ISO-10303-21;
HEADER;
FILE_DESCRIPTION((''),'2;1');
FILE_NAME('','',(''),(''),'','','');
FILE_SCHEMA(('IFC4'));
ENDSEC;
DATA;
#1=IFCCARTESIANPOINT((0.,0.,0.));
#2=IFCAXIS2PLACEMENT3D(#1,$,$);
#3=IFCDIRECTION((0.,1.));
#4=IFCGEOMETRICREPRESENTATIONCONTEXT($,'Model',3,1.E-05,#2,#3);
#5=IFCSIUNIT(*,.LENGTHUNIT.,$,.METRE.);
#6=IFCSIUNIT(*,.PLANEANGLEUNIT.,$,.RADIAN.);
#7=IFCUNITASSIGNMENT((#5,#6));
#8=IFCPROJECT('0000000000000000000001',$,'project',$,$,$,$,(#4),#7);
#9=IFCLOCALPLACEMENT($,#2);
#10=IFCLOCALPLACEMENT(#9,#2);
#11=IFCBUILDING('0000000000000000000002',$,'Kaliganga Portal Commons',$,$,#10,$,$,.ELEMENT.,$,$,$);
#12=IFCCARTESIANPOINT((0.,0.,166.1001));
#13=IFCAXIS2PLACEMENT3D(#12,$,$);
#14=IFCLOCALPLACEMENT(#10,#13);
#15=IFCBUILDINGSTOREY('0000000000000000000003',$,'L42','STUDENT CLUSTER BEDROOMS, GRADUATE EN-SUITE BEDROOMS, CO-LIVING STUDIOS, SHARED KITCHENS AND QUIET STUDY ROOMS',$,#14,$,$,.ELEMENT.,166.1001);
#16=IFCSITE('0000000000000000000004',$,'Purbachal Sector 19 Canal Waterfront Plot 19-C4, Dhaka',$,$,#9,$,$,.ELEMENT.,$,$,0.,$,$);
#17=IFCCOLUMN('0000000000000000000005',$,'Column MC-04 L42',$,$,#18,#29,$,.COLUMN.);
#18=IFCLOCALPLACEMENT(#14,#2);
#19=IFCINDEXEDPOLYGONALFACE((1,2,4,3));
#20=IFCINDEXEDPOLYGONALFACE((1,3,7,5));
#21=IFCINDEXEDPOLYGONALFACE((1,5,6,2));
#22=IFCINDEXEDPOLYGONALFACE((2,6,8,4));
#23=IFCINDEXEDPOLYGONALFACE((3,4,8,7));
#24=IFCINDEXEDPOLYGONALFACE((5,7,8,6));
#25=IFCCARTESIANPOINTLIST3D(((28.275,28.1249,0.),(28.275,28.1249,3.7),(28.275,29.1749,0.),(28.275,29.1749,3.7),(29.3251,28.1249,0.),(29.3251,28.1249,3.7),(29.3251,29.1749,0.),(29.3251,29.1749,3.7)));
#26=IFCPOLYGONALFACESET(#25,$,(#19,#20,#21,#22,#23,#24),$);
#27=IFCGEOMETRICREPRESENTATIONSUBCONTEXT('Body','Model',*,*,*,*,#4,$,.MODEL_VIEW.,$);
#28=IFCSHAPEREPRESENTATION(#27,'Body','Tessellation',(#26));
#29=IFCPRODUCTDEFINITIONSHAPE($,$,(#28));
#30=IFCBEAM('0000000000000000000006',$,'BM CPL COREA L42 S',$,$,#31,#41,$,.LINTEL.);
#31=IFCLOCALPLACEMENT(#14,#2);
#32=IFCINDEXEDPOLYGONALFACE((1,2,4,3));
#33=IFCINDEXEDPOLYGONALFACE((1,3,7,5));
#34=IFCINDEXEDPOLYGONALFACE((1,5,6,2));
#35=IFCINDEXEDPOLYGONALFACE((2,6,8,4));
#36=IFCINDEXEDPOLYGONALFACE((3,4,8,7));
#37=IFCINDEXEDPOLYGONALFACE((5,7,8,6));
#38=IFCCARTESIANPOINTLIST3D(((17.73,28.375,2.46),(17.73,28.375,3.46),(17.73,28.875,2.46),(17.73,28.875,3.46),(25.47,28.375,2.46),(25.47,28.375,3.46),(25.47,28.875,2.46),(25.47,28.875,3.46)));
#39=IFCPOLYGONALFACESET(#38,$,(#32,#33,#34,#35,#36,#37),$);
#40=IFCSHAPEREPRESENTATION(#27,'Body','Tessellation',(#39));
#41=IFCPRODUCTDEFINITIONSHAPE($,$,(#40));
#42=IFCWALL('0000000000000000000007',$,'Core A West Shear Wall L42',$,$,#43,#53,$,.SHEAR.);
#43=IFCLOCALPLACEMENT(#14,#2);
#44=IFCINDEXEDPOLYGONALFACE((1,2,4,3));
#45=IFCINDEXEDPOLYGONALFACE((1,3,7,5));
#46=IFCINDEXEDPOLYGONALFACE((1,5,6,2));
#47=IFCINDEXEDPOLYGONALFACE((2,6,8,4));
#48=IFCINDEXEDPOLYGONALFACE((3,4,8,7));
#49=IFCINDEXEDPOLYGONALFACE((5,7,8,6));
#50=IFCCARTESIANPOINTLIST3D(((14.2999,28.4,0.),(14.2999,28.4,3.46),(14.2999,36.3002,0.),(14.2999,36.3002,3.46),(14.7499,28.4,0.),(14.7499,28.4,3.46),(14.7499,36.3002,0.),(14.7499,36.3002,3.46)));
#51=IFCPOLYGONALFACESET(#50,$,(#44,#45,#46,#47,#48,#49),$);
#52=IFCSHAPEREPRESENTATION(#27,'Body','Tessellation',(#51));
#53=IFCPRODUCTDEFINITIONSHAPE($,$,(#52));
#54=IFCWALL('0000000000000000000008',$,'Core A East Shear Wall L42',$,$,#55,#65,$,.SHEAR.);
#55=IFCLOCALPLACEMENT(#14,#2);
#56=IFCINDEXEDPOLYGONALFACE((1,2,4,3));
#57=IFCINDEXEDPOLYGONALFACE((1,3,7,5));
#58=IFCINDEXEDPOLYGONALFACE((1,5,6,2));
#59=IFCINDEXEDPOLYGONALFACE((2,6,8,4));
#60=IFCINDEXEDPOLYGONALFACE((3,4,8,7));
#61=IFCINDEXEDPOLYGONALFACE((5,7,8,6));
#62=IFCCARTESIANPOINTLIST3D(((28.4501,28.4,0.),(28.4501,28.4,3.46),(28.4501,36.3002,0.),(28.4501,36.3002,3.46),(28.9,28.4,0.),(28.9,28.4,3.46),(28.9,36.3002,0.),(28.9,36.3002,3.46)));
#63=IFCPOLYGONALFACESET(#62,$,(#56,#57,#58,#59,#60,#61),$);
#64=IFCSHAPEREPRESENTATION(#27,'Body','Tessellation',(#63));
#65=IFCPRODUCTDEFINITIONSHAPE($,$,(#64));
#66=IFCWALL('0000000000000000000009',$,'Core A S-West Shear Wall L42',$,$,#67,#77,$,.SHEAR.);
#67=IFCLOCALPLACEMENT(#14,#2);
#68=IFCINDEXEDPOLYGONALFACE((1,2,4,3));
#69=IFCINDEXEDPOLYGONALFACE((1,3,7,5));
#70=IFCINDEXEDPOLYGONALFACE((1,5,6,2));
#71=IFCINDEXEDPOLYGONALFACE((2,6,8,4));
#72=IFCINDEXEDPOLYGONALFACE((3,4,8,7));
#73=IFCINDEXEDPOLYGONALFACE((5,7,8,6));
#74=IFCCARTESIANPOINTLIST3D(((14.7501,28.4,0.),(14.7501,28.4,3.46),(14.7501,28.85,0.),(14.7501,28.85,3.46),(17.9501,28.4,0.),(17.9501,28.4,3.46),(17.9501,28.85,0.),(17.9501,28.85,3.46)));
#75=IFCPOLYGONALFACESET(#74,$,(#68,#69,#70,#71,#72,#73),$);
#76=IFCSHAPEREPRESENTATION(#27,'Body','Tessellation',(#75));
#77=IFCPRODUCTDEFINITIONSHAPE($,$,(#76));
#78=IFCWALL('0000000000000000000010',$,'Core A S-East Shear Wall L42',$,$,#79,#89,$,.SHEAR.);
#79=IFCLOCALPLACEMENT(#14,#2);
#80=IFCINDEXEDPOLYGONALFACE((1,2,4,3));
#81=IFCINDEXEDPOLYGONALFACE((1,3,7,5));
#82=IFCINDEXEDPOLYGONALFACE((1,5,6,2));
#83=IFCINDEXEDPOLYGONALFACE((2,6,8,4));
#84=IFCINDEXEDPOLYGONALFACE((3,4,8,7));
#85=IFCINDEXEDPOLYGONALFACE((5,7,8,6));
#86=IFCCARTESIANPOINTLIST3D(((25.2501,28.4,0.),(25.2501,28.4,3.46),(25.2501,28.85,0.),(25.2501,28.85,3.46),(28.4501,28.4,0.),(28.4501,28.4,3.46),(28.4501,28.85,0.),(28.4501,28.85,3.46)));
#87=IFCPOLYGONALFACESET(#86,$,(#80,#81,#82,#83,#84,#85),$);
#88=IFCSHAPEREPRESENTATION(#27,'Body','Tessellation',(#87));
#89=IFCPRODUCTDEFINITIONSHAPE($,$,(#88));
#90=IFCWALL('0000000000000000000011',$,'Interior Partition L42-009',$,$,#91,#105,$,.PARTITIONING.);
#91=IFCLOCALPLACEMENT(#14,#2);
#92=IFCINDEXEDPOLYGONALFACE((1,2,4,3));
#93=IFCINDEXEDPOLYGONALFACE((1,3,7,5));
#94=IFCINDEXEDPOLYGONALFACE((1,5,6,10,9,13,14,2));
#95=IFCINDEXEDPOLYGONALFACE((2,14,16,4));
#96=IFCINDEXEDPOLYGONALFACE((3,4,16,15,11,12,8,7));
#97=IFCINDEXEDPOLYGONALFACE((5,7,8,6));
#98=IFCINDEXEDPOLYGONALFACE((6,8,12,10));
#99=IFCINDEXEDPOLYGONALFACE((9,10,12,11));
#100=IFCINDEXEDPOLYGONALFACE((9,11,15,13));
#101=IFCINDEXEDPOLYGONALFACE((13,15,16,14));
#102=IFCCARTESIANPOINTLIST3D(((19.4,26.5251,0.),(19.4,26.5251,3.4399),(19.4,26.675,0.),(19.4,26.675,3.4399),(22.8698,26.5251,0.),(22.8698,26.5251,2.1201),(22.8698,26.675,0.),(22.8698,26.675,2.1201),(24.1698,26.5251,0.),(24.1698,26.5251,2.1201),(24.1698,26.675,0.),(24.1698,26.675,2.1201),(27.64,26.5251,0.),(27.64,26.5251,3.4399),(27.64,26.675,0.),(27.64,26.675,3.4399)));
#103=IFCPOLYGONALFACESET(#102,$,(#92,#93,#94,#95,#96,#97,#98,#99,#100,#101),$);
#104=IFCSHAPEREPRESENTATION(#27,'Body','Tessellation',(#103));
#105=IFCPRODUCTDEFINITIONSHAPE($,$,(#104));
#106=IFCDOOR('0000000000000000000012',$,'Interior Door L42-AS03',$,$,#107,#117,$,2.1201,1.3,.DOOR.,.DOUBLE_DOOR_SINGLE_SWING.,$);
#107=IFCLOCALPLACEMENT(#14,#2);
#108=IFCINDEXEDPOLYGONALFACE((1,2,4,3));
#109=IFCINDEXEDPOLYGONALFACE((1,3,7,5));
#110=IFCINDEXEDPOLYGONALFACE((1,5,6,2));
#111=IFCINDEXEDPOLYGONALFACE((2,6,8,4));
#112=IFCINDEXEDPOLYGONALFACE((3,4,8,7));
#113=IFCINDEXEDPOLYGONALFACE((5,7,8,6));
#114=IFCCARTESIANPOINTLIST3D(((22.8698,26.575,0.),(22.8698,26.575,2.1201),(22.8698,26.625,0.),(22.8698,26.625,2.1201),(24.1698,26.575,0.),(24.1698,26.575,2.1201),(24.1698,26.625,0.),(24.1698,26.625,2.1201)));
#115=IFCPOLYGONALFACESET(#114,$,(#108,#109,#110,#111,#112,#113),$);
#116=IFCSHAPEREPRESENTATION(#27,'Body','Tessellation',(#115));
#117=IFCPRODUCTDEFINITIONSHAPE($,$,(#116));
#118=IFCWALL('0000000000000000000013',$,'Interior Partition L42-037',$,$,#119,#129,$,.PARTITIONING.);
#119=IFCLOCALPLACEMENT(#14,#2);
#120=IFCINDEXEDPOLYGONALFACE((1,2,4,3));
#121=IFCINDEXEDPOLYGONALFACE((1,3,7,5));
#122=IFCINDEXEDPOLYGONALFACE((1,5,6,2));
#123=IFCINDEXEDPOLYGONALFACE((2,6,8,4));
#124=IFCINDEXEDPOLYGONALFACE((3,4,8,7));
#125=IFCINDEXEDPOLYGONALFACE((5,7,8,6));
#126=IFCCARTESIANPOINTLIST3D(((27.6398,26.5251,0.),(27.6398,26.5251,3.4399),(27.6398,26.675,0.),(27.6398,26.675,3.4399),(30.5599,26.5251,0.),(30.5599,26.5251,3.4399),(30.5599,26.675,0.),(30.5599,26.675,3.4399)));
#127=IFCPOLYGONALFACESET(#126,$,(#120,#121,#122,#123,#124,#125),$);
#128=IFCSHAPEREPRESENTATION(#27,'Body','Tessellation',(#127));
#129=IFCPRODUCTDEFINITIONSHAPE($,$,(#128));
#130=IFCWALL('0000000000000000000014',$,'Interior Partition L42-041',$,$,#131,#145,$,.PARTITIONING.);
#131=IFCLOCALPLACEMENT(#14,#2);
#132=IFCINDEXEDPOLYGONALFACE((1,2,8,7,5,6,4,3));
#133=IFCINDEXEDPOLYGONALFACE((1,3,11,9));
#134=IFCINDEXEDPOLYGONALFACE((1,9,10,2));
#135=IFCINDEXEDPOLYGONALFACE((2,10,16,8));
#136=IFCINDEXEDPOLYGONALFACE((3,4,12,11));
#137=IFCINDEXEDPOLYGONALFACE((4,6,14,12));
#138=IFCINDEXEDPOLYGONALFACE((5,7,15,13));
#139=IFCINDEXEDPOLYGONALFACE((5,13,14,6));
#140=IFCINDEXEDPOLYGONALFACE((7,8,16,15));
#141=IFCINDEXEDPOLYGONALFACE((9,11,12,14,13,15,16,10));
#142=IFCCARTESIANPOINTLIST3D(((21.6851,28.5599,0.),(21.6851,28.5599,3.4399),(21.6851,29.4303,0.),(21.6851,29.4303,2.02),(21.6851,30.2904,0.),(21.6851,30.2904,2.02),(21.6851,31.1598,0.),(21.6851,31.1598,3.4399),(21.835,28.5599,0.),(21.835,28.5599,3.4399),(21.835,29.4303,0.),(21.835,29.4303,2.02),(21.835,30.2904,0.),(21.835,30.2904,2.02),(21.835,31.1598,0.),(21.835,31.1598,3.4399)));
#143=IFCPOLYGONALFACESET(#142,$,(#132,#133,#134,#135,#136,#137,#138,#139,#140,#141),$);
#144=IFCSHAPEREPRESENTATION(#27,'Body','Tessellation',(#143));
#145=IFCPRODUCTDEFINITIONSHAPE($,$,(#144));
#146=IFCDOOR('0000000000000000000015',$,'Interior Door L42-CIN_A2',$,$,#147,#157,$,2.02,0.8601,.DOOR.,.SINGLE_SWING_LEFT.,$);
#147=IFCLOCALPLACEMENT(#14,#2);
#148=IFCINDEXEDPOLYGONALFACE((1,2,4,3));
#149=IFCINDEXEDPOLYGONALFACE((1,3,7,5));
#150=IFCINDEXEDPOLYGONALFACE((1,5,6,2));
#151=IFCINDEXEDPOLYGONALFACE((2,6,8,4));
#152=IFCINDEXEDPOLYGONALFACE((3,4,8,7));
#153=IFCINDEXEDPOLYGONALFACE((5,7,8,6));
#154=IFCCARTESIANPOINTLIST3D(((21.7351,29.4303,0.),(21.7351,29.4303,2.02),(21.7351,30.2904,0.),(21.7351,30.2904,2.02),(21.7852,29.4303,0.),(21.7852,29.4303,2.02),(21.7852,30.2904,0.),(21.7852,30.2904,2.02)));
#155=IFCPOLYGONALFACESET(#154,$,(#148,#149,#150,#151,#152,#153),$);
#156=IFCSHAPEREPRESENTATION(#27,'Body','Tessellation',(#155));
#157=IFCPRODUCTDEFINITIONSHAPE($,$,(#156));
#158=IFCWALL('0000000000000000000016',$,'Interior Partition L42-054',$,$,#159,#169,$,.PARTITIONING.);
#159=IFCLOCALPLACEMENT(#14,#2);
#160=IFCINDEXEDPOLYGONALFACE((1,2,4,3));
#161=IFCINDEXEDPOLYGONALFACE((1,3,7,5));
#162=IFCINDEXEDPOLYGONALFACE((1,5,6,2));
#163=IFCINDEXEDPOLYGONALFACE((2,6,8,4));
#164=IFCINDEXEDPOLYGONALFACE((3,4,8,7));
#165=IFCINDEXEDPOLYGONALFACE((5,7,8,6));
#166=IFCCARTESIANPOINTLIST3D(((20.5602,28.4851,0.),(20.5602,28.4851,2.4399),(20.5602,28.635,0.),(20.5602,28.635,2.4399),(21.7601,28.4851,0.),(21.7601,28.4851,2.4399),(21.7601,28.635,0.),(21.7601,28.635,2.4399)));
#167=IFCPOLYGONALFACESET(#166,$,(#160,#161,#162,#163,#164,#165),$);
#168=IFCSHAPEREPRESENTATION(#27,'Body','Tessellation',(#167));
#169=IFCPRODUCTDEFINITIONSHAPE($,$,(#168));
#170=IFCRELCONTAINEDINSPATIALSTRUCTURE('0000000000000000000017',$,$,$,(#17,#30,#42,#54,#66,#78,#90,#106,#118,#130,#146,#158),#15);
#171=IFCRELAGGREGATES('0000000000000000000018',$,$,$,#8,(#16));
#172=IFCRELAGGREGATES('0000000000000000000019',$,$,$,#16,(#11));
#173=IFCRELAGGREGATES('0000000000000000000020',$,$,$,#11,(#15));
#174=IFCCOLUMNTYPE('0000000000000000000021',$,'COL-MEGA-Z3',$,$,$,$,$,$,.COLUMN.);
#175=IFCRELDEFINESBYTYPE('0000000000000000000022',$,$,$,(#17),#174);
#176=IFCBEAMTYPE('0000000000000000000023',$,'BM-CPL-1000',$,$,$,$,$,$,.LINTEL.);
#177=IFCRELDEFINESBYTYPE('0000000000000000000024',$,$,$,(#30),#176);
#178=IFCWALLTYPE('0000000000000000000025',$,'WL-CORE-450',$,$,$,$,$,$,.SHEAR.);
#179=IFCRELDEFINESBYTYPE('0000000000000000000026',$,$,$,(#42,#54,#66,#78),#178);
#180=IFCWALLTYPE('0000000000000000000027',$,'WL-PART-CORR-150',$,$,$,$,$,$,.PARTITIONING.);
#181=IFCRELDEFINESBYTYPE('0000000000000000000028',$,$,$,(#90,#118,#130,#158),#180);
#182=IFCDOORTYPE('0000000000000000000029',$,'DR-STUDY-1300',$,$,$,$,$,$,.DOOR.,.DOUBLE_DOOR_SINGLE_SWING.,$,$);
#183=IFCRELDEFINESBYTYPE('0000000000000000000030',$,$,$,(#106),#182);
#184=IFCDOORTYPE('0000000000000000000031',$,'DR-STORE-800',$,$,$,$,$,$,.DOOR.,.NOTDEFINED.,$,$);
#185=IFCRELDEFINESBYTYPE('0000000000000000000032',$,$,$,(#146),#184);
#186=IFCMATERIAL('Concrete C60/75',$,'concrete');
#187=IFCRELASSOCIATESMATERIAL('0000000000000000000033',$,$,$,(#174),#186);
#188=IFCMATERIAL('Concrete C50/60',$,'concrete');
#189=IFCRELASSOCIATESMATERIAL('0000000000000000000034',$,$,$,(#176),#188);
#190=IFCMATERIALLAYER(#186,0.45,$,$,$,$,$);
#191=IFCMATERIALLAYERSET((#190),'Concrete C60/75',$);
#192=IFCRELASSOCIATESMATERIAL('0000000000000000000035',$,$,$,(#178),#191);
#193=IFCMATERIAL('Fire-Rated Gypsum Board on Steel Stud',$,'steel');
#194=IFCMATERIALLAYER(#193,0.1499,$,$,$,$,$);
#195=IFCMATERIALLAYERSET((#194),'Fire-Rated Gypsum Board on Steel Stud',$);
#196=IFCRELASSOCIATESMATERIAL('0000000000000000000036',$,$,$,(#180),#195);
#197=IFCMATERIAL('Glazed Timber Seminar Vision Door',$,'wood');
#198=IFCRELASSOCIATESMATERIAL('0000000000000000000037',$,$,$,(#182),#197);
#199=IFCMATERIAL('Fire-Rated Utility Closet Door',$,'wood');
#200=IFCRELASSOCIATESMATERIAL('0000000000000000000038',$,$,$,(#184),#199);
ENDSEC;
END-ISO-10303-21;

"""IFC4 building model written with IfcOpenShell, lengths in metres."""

from ifc_helpers import new_model, si_unit, direction, frame, frame_2d, origin, origin_2d, place, context, subcontext, project, spatial, rectangle, extrude, source, transform, mapped, material, layer, layer_set, material_profile, profile_set, type_object, element, fill, save


model = new_model("IFC4")

# Units and contexts
model_context = context("Model", 3, precision=1e-05, world=origin(), true_north=direction((0.0, 1.0)))
body_context = subcontext(model_context, "Body", "Model", "MODEL_VIEW")
ifc_project = project(units=[si_unit("LENGTHUNIT", "METRE"), si_unit("PLANEANGLEUNIT", "RADIAN")], contexts=[model_context])

# Site, building, storey
site_placement = place(None, origin())
site = spatial("IfcSite", under=ifc_project, at=site_placement, Name="Purbachal Sector 19 Canal Waterfront Plot 19-C4, Dhaka", CompositionType="ELEMENT", RefElevation=0.0)
building_placement = place(site_placement, origin())
building = spatial("IfcBuilding", under=site, at=building_placement, Name="Kaliganga Portal Commons", CompositionType="ELEMENT")
storey_placement = place(building_placement, frame((0.0, 0.0, 166.1001)))
storey = spatial("IfcBuildingStorey", under=building, at=storey_placement, Name="L42", Description="STUDENT CLUSTER BEDROOMS, GRADUATE EN-SUITE BEDROOMS, CO-LIVING STUDIOS, SHARED KITCHENS AND QUIET STUDY ROOMS", CompositionType="ELEMENT", Elevation=166.1001)

# Column
ifc_material_1 = material(Name="Concrete C60/75", Category="concrete")
ifc_material_profile_1 = material_profile(ifc_material_1, rectangle(XDim=1.05, YDim=1.05, at=origin_2d()), Name="RC 1050x1050")
ifc_profile_set_1 = profile_set([ifc_material_profile_1], Name="Concrete C60/75")
column_type = type_object("IfcColumnType", Name="COL-MEGA-Z3", PredefinedType="COLUMN", material=ifc_profile_set_1)
shared_shape_1 = source(origin(), body_context, "Body", "SweptSolid", [
    extrude(rectangle(XDim=1.05, YDim=1.05, at=origin_2d()), origin(), (0.0, 0.0, 1.0), 3.7),
])
column_placement = place(storey_placement, frame((28.8, 28.6499, 0.0), z_axis=(0.0, 0.0, 1.0), x_axis=(1.0, 0.0, 0.0)))
element("IfcColumn", 1, at=column_placement, inside=storey, type_object=column_type, Name="Column MC-04 L42", PredefinedType="COLUMN", context=body_context, shape_type="MappedRepresentation", body=[
    mapped(shared_shape_1, transform((0.0, 0.0, 0.0), x_axis=(1.0, 0.0, 0.0), y_axis=(0.0, 1.0, 0.0), z_axis=(0.0, 0.0, 1.0), scale=1.0)),
])

# Beam
ifc_material_2 = material(Name="Concrete C50/60", Category="concrete")
ifc_material_profile_2 = material_profile(ifc_material_2, rectangle(XDim=0.5, YDim=1.0, at=origin_2d()), Name="RC 500x1000")
ifc_profile_set_2 = profile_set([ifc_material_profile_2], Name="Concrete C50/60")
beam_type = type_object("IfcBeamType", Name="BM-CPL-1000", PredefinedType="LINTEL", material=ifc_profile_set_2)
shared_shape_2 = source(origin(), body_context, "Body", "SweptSolid", [
    extrude(rectangle(XDim=0.5, YDim=1.0, at=origin_2d()), origin(), (0.0, 0.0, 1.0), 7.74),
])
beam_placement = place(storey_placement, frame((17.73, 28.625, 2.96), z_axis=(1.0, 0.0, 0.0), x_axis=(0.0, 1.0, 0.0)))
element("IfcBeam", 2, at=beam_placement, inside=storey, type_object=beam_type, Name="BM CPL COREA L42 S", PredefinedType="LINTEL", context=body_context, shape_type="MappedRepresentation", body=[
    mapped(shared_shape_2, transform((0.0, 0.0, 0.0), x_axis=(1.0, 0.0, 0.0), y_axis=(0.0, 1.0, 0.0), z_axis=(0.0, 0.0, 1.0), scale=1.0)),
])

# Walls
ifc_layer_1 = layer(ifc_material_1, 0.45)
ifc_layer_set_1 = layer_set([ifc_layer_1], Name="Concrete C60/75")
wall_type_1 = type_object("IfcWallType", Name="WL-CORE-450", PredefinedType="SHEAR", material=ifc_layer_set_1)
for number, where, z_axis, x_axis, name in (
    (3, (14.5249, 28.3999, 0.0), (0.0, 0.0, 1.0), (0.0, 1.0, 0.0), "Core A West Shear Wall L42"),
    (4, (28.675, 28.3999, 0.0), (0.0, 0.0, 1.0), (0.0, 1.0, 0.0), "Core A East Shear Wall L42"),
):
    element("IfcWall", number, at=place(storey_placement, frame(where, z_axis=z_axis, x_axis=x_axis)), inside=storey, type_object=wall_type_1, Name=name, PredefinedType="SHEAR", context=body_context, shape_type="SweptSolid", body=[
        extrude(rectangle(XDim=7.9001, YDim=0.45, at=frame_2d((3.9502, 0.0))), origin(), (0.0, 0.0, 1.0), 3.46),
    ])
for number, where, z_axis, x_axis, name in (
    (5, (14.75, 28.625, 0.0), (0.0, 0.0, 1.0), (1.0, 0.0, 0.0), "Core A S-West Shear Wall L42"),
    (6, (25.25, 28.625, 0.0), (0.0, 0.0, 1.0), (1.0, 0.0, 0.0), "Core A S-East Shear Wall L42"),
):
    element("IfcWall", number, at=place(storey_placement, frame(where, z_axis=z_axis, x_axis=x_axis)), inside=storey, type_object=wall_type_1, Name=name, PredefinedType="SHEAR", context=body_context, shape_type="SweptSolid", body=[
        extrude(rectangle(XDim=3.2, YDim=0.45, at=frame_2d((1.6001, 0.0))), origin(), (0.0, 0.0, 1.0), 3.46),
    ])

# Wall, opening, door
ifc_material_3 = material(Name="Fire-Rated Gypsum Board on Steel Stud", Category="steel")
ifc_layer_2 = layer(ifc_material_3, 0.1499)
ifc_layer_set_2 = layer_set([ifc_layer_2], Name="Fire-Rated Gypsum Board on Steel Stud")
wall_type_2 = type_object("IfcWallType", Name="WL-PART-CORR-150", PredefinedType="PARTITIONING", material=ifc_layer_set_2)
wall_1_placement = place(storey_placement, frame((19.3999, 26.6001, 0.0), z_axis=(0.0, 0.0, 1.0), x_axis=(1.0, 0.0, 0.0)))
wall_1 = element("IfcWall", 7, at=wall_1_placement, inside=storey, type_object=wall_type_2, Name="Interior Partition L42-009", PredefinedType="PARTITIONING", context=body_context, shape_type="SweptSolid", body=[
    extrude(rectangle(XDim=8.24, YDim=0.1499, at=frame_2d((4.1201, 0.0))), origin(), (0.0, 0.0, 1.0), 3.4399),
])
opening_1_placement = place(wall_1_placement, frame((3.47, 0.0, 0.0)))
opening_1 = element("IfcOpeningElement", 8, at=opening_1_placement, cuts=wall_1, PredefinedType="OPENING", context=body_context, shape_type="SweptSolid", body=[
    extrude(rectangle(XDim=1.3, YDim=2.1201, at=frame_2d((0.6499, 1.0601))), frame((0.0, 0.085, 0.0), z_axis=(0.0, -1.0, 0.0), x_axis=(1.0, 0.0, 0.0)), (0.0, 0.0, 1.0), 0.1699),
])
ifc_material_4 = material(Name="Glazed Timber Seminar Vision Door", Category="wood")
door_type_1 = type_object("IfcDoorType", Name="DR-STUDY-1300", OperationType="DOUBLE_DOOR_SINGLE_SWING", PredefinedType="DOOR", material=ifc_material_4)
door_1_placement = place(opening_1_placement, origin())
door_1 = element("IfcDoor", 9, at=door_1_placement, inside=storey, type_object=door_type_1, Name="Interior Door L42-AS03", OperationType="DOUBLE_DOOR_SINGLE_SWING", OverallHeight=2.1201, OverallWidth=1.3, PredefinedType="DOOR", context=body_context, shape_type="SweptSolid", body=[
    extrude(rectangle(XDim=1.3, YDim=2.1201, at=frame_2d((0.6499, 1.0601))), frame((0.0, 0.0249, 0.0), z_axis=(0.0, -1.0, 0.0), x_axis=(1.0, 0.0, 0.0)), (0.0, 0.0, 1.0), 0.05),
])
fill(opening_1, door_1)

# Wall
wall_2_placement = place(storey_placement, frame((27.6399, 26.6001, 0.0), z_axis=(0.0, 0.0, 1.0), x_axis=(1.0, 0.0, 0.0)))
element("IfcWall", 10, at=wall_2_placement, inside=storey, type_object=wall_type_2, Name="Interior Partition L42-037", PredefinedType="PARTITIONING", context=body_context, shape_type="SweptSolid", body=[
    extrude(rectangle(XDim=2.9202, YDim=0.1499, at=frame_2d((1.46, 0.0))), origin(), (0.0, 0.0, 1.0), 3.4399),
])

# Wall, opening, door
wall_3_placement = place(storey_placement, frame((21.76, 28.5601, 0.0), z_axis=(0.0, 0.0, 1.0), x_axis=(0.0, 1.0, 0.0)))
wall_3 = element("IfcWall", 11, at=wall_3_placement, inside=storey, type_object=wall_type_2, Name="Interior Partition L42-041", PredefinedType="PARTITIONING", context=body_context, shape_type="SweptSolid", body=[
    extrude(rectangle(XDim=2.5999, YDim=0.1499, at=frame_2d((1.2998, 0.0))), origin(), (0.0, 0.0, 1.0), 3.4399),
])
opening_2_placement = place(wall_3_placement, frame((0.8701, 0.0, 0.0)))
opening_2 = element("IfcOpeningElement", 12, at=opening_2_placement, cuts=wall_3, PredefinedType="OPENING", context=body_context, shape_type="SweptSolid", body=[
    extrude(rectangle(XDim=0.8601, YDim=2.02, at=frame_2d((0.4302, 1.01))), frame((0.0, 0.085, 0.0), z_axis=(0.0, -1.0, 0.0), x_axis=(1.0, 0.0, 0.0)), (0.0, 0.0, 1.0), 0.1699),
])
ifc_material_5 = material(Name="Fire-Rated Utility Closet Door", Category="wood")
door_type_2 = type_object("IfcDoorType", Name="DR-STORE-800", OperationType="NOTDEFINED", PredefinedType="DOOR", material=ifc_material_5)
door_2_placement = place(opening_2_placement, origin())
door_2 = element("IfcDoor", 13, at=door_2_placement, inside=storey, type_object=door_type_2, Name="Interior Door L42-CIN_A2", OperationType="SINGLE_SWING_LEFT", OverallHeight=2.02, OverallWidth=0.8601, PredefinedType="DOOR", context=body_context, shape_type="SweptSolid", body=[
    extrude(rectangle(XDim=0.8601, YDim=2.02, at=frame_2d((0.4302, 1.01))), frame((0.0, 0.0249, 0.0), z_axis=(0.0, -1.0, 0.0), x_axis=(1.0, 0.0, 0.0)), (0.0, 0.0, 1.0), 0.05),
])
fill(opening_2, door_2)

# Wall
wall_4_placement = place(storey_placement, frame((20.5601, 28.5601, 0.0), z_axis=(0.0, 0.0, 1.0), x_axis=(1.0, 0.0, 0.0)))
element("IfcWall", 14, at=wall_4_placement, inside=storey, type_object=wall_type_2, Name="Interior Partition L42-054", PredefinedType="PARTITIONING", context=body_context, shape_type="SweptSolid", body=[
    extrude(rectangle(XDim=1.2, YDim=0.1499, at=frame_2d((0.6001, 0.0))), origin(), (0.0, 0.0, 1.0), 2.4399),
])

save(model, "model.ifc")
